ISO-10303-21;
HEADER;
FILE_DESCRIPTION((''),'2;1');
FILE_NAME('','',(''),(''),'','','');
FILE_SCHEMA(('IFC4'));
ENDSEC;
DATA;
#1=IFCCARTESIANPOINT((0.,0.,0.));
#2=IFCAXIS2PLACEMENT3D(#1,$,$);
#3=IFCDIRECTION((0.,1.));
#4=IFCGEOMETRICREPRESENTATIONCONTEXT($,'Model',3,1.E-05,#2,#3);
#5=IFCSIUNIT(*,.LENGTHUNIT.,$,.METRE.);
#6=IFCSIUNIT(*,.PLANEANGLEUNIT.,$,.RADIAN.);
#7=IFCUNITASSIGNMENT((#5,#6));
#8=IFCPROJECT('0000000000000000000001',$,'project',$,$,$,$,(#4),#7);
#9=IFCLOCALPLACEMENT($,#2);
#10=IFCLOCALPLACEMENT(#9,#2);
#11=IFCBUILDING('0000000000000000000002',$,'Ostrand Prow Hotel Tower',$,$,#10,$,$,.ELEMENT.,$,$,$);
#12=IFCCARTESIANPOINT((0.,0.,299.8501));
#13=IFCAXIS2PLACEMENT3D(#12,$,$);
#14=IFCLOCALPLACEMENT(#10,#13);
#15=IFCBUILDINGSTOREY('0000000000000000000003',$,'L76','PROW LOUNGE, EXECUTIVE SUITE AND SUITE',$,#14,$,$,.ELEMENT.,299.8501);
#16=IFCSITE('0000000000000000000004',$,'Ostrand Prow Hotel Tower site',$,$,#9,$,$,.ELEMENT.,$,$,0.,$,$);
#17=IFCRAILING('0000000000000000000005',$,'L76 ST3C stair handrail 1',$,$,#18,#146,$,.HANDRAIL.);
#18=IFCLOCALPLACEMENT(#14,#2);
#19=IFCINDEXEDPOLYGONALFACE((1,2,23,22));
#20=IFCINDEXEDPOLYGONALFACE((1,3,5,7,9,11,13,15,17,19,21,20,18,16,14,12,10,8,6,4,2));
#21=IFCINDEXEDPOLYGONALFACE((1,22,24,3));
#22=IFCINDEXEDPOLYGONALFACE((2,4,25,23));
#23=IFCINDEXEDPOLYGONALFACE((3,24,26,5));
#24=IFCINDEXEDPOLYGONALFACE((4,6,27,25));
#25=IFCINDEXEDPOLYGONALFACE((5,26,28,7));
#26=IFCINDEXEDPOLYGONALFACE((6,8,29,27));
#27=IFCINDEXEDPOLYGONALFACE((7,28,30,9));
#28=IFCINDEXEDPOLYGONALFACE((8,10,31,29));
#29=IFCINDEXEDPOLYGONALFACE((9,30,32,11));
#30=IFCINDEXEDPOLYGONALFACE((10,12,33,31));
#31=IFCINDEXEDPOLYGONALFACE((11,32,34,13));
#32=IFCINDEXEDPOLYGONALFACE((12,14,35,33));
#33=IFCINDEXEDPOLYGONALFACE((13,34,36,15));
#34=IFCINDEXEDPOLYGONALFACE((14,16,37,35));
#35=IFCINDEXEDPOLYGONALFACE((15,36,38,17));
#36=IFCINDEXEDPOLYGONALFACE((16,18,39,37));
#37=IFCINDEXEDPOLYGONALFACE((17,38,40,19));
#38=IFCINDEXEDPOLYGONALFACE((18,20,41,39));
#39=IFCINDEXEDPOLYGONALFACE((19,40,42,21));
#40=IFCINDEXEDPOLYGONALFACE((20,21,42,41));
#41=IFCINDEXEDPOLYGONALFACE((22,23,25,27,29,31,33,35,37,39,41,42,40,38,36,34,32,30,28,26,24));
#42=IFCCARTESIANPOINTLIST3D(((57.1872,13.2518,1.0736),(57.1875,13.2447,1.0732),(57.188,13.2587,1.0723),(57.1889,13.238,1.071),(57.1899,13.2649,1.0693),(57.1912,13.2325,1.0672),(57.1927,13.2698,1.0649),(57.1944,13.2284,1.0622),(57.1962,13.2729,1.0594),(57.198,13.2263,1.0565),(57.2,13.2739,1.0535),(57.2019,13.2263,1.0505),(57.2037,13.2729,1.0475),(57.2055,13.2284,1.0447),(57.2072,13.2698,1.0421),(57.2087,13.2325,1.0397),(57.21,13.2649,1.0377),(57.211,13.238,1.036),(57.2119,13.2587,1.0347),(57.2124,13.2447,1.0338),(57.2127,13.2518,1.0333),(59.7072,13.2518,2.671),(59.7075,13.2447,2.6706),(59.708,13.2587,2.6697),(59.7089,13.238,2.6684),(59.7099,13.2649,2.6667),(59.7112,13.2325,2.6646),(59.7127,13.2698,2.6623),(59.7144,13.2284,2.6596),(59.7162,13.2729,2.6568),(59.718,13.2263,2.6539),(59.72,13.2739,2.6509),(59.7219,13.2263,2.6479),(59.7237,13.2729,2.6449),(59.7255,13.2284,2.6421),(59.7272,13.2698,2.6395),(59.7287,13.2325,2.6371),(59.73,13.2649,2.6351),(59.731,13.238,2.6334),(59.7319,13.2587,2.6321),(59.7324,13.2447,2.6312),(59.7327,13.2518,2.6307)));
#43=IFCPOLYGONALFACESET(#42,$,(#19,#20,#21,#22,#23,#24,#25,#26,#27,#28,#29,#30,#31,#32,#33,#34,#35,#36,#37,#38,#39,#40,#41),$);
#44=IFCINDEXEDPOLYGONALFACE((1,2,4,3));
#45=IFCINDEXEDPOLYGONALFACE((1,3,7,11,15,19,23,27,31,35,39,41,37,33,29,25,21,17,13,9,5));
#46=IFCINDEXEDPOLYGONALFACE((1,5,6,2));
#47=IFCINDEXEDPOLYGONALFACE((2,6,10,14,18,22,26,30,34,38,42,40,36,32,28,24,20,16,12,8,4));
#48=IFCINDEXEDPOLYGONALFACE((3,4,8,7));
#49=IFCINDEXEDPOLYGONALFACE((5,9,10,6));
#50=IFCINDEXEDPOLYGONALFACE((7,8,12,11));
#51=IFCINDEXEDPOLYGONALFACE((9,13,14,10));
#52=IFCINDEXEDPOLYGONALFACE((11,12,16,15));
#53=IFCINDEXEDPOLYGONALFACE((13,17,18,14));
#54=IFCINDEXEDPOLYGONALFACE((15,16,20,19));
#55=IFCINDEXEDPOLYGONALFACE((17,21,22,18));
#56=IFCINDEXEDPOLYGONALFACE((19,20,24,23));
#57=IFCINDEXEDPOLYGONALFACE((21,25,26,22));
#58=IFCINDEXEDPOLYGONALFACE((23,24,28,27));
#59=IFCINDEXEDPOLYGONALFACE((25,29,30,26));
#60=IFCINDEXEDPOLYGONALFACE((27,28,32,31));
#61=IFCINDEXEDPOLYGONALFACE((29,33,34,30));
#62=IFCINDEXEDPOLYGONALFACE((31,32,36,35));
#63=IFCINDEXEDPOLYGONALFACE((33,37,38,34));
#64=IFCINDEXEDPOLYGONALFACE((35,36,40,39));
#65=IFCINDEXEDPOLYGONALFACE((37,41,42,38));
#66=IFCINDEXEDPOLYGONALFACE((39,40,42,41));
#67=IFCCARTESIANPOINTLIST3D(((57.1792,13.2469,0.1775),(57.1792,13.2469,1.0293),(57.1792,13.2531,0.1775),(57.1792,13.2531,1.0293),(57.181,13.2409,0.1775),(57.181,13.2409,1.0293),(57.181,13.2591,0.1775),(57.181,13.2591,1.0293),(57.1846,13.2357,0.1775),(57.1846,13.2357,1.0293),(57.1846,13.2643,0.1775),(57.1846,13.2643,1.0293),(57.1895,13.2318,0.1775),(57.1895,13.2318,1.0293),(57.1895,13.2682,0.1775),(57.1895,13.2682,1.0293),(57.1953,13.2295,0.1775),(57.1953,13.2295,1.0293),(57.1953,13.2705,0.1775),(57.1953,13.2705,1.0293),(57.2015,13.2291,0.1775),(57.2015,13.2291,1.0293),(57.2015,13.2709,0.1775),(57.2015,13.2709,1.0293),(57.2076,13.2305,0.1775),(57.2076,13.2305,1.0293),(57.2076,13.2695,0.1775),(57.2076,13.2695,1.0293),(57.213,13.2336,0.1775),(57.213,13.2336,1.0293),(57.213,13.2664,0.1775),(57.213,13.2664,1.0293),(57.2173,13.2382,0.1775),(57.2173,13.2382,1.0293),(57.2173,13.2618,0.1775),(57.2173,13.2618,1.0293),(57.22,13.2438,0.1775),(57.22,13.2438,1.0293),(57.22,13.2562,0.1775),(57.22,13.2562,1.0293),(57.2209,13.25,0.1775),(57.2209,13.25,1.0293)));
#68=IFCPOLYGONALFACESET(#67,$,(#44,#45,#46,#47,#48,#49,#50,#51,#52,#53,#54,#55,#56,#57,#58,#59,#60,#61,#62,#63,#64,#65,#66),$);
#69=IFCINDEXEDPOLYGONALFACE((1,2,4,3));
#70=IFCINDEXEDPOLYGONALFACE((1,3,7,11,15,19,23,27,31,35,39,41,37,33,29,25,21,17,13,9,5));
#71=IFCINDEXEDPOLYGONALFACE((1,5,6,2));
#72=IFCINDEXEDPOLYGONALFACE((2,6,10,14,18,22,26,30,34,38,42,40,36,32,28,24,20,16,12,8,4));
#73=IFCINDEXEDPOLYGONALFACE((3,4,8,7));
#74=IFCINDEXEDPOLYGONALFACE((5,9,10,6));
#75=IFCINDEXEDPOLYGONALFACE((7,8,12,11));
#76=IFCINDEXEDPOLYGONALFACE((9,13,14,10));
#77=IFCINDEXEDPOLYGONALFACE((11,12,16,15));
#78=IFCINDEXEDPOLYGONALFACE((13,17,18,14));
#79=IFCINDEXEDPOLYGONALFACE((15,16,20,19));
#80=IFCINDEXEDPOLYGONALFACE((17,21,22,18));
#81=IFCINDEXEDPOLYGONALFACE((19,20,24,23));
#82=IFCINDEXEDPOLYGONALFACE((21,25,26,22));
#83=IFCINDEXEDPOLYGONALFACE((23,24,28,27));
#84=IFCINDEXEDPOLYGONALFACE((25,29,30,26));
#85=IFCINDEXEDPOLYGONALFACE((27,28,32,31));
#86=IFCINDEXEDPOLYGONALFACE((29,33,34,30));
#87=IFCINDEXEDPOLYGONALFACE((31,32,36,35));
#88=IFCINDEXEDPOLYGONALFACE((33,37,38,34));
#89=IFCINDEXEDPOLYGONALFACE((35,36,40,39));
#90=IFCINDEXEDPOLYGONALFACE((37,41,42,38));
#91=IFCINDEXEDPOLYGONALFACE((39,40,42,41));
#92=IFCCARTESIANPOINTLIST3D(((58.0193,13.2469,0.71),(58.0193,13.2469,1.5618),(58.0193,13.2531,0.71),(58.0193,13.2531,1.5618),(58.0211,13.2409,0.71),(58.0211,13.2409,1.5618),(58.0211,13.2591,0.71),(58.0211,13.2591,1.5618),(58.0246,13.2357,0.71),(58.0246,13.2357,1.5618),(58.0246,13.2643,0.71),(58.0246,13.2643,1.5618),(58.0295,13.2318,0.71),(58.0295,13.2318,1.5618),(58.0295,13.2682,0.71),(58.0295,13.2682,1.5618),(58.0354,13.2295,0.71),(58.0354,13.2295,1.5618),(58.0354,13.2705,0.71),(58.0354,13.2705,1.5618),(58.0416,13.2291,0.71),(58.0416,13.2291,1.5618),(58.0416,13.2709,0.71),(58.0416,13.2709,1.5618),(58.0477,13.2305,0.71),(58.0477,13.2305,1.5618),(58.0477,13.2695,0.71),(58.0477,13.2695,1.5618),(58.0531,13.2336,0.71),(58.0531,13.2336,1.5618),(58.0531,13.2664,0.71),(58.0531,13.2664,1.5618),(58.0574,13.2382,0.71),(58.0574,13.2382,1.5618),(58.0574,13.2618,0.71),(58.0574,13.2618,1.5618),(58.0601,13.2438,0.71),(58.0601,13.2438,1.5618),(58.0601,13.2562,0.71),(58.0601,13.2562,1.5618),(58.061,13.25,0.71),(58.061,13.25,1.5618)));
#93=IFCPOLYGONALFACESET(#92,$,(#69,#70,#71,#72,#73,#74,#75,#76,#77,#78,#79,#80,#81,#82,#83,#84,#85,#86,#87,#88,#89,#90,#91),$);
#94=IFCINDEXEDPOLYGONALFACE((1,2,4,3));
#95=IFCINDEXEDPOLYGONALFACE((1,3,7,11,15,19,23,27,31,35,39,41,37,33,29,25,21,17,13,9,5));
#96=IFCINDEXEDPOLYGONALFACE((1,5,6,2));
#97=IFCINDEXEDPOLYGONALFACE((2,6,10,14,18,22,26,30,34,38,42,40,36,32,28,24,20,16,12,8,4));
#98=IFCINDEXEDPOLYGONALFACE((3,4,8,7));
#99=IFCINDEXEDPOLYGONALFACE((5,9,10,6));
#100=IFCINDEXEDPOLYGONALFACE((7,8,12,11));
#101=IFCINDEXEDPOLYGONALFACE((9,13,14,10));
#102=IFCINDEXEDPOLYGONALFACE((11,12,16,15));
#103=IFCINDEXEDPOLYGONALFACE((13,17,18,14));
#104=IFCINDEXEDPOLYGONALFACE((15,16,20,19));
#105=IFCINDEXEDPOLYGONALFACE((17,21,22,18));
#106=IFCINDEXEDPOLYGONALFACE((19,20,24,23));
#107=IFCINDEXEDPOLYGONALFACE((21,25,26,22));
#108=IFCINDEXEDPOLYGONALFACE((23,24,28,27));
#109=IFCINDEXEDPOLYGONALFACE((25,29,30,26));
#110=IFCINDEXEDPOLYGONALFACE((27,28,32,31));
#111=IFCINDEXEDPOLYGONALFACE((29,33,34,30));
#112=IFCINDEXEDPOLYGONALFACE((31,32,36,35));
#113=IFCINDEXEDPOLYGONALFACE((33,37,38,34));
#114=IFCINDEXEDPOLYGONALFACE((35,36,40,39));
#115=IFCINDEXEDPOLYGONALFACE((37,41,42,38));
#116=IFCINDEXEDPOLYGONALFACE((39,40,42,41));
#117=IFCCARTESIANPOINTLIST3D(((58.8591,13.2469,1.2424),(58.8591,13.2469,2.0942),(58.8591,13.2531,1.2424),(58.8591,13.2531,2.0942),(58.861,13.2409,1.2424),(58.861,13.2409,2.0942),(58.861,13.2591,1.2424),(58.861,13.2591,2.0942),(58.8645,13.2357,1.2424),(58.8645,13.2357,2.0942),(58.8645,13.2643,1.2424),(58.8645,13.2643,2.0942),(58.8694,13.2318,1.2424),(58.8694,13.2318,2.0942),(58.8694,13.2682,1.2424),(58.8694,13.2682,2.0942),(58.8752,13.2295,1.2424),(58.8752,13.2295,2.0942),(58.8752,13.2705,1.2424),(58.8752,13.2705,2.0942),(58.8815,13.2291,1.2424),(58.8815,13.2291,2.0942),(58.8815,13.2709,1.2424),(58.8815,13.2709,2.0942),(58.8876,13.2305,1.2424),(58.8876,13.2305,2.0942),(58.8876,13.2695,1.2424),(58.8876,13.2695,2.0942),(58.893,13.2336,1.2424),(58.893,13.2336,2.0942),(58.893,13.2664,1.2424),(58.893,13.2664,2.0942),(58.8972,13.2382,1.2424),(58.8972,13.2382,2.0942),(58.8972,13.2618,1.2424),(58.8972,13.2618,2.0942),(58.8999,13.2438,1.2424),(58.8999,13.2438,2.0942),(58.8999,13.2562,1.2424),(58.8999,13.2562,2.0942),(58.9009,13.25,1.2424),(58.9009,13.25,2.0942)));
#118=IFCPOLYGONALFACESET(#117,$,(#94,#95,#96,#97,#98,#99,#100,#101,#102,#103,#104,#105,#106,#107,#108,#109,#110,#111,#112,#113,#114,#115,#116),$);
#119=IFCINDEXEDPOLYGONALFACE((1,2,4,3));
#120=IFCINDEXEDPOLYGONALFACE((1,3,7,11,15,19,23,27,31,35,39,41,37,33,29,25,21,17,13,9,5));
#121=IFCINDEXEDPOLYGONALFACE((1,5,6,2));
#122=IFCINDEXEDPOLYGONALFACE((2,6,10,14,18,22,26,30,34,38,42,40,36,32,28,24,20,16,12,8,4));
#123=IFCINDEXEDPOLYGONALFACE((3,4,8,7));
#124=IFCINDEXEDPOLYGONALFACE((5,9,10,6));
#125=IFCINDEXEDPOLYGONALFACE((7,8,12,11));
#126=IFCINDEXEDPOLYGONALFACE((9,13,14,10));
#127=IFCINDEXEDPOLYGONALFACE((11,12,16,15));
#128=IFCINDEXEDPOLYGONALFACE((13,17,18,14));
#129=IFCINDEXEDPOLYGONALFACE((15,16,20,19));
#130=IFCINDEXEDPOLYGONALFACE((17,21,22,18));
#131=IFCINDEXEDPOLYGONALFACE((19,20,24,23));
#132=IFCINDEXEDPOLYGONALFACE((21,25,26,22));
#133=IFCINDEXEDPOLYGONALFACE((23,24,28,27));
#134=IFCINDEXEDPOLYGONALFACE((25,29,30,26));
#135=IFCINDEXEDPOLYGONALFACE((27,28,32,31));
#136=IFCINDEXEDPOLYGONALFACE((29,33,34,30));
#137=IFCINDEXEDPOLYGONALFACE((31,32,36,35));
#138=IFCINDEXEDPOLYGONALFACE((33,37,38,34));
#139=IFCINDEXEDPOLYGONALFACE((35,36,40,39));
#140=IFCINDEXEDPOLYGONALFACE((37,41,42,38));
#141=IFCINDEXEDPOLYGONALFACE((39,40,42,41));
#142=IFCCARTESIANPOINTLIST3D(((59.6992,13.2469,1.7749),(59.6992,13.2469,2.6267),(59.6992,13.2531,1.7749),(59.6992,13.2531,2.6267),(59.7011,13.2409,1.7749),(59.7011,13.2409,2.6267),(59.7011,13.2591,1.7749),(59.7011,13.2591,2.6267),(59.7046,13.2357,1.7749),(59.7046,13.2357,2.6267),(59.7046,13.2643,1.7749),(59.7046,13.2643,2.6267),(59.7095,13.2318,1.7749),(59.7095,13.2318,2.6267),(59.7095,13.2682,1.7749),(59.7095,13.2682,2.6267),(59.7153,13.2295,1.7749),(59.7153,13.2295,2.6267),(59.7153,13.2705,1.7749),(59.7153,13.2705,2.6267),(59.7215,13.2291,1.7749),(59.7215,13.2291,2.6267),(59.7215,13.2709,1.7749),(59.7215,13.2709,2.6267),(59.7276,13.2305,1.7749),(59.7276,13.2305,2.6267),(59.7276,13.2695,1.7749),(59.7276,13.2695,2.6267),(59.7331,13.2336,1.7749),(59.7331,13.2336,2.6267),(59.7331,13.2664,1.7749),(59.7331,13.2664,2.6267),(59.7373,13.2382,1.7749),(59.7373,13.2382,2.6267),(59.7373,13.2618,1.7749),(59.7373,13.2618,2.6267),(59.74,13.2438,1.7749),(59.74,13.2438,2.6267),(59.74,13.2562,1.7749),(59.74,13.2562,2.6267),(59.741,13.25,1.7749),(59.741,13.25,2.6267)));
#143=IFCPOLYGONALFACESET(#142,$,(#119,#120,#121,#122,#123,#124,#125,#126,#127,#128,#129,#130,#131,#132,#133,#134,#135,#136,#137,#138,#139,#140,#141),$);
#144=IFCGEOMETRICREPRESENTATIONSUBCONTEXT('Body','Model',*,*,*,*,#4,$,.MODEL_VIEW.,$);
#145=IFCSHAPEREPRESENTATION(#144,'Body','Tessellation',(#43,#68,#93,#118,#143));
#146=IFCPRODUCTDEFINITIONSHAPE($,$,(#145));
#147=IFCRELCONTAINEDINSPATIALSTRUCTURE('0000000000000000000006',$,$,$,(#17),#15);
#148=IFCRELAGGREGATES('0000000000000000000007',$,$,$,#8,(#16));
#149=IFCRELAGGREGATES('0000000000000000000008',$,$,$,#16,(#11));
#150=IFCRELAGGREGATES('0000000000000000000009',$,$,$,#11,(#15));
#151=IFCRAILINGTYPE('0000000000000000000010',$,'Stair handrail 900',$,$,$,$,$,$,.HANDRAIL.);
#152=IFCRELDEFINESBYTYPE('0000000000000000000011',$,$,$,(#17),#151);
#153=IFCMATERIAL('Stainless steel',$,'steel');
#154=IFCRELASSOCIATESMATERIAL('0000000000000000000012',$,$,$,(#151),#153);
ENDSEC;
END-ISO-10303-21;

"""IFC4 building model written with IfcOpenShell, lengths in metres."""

from ifc_helpers import new_model, si_unit, direction, frame, origin, origin_2d, place, context, subcontext, project, spatial, circle, extrude, material, type_object, element, save


model = new_model("IFC4")

# Units and contexts
model_context = context("Model", 3, precision=1e-05, world=origin(), true_north=direction((0.0, 1.0)))
body_context = subcontext(model_context, "Body", "Model", "MODEL_VIEW")
ifc_project = project(units=[si_unit("LENGTHUNIT", "METRE"), si_unit("PLANEANGLEUNIT", "RADIAN")], contexts=[model_context])

# Site, building, storey
site_placement = place(None, origin())
site = spatial("IfcSite", under=ifc_project, at=site_placement, Name="Ostrand Prow Hotel Tower site", CompositionType="ELEMENT", RefElevation=0.0)
building_placement = place(site_placement, origin())
building = spatial("IfcBuilding", under=site, at=building_placement, Name="Ostrand Prow Hotel Tower", CompositionType="ELEMENT")
storey_placement = place(building_placement, frame((0.0, 0.0, 299.8501)))
storey = spatial("IfcBuildingStorey", under=building, at=storey_placement, Name="L76", Description="PROW LOUNGE, EXECUTIVE SUITE AND SUITE", CompositionType="ELEMENT", Elevation=299.8501)

# Railing
ifc_material_1 = material(Name="Stainless steel", Category="steel")
railing_type_1 = type_object("IfcRailingType", Name="Stair handrail 900", PredefinedType="HANDRAIL", material=ifc_material_1)
railing_1_placement = place(storey_placement, frame((57.2, 13.25, 0.1775)))
element("IfcRailing", 1, at=railing_1_placement, inside=storey, type_object=railing_type_1, Name="L76 ST3C stair handrail 1", PredefinedType="HANDRAIL", context=body_context, shape_type="SweptSolid", body=[
    extrude(circle(Radius=0.0239, at=origin_2d()), frame((0.0, 0.0, 0.876), z_axis=(0.844607, 0.0, 0.535387), x_axis=(0.0, 1.0, 0.0)), (0.0, 0.0, 1.0), 2.9836),
    extrude(circle(Radius=0.021, at=origin_2d()), origin(), (0.0, 0.0, 1.0), 0.8518),
    extrude(circle(Radius=0.021, at=origin_2d()), frame((0.8401, 0.0, 0.5325)), (0.0, 0.0, 1.0), 0.8518),
    extrude(circle(Radius=0.021, at=origin_2d()), frame((1.6799, 0.0, 1.0649)), (0.0, 0.0, 1.0), 0.8518),
    extrude(circle(Radius=0.021, at=origin_2d()), frame((2.52, 0.0, 1.5974)), (0.0, 0.0, 1.0), 0.8518),
])

save(model, "model.ifc")
